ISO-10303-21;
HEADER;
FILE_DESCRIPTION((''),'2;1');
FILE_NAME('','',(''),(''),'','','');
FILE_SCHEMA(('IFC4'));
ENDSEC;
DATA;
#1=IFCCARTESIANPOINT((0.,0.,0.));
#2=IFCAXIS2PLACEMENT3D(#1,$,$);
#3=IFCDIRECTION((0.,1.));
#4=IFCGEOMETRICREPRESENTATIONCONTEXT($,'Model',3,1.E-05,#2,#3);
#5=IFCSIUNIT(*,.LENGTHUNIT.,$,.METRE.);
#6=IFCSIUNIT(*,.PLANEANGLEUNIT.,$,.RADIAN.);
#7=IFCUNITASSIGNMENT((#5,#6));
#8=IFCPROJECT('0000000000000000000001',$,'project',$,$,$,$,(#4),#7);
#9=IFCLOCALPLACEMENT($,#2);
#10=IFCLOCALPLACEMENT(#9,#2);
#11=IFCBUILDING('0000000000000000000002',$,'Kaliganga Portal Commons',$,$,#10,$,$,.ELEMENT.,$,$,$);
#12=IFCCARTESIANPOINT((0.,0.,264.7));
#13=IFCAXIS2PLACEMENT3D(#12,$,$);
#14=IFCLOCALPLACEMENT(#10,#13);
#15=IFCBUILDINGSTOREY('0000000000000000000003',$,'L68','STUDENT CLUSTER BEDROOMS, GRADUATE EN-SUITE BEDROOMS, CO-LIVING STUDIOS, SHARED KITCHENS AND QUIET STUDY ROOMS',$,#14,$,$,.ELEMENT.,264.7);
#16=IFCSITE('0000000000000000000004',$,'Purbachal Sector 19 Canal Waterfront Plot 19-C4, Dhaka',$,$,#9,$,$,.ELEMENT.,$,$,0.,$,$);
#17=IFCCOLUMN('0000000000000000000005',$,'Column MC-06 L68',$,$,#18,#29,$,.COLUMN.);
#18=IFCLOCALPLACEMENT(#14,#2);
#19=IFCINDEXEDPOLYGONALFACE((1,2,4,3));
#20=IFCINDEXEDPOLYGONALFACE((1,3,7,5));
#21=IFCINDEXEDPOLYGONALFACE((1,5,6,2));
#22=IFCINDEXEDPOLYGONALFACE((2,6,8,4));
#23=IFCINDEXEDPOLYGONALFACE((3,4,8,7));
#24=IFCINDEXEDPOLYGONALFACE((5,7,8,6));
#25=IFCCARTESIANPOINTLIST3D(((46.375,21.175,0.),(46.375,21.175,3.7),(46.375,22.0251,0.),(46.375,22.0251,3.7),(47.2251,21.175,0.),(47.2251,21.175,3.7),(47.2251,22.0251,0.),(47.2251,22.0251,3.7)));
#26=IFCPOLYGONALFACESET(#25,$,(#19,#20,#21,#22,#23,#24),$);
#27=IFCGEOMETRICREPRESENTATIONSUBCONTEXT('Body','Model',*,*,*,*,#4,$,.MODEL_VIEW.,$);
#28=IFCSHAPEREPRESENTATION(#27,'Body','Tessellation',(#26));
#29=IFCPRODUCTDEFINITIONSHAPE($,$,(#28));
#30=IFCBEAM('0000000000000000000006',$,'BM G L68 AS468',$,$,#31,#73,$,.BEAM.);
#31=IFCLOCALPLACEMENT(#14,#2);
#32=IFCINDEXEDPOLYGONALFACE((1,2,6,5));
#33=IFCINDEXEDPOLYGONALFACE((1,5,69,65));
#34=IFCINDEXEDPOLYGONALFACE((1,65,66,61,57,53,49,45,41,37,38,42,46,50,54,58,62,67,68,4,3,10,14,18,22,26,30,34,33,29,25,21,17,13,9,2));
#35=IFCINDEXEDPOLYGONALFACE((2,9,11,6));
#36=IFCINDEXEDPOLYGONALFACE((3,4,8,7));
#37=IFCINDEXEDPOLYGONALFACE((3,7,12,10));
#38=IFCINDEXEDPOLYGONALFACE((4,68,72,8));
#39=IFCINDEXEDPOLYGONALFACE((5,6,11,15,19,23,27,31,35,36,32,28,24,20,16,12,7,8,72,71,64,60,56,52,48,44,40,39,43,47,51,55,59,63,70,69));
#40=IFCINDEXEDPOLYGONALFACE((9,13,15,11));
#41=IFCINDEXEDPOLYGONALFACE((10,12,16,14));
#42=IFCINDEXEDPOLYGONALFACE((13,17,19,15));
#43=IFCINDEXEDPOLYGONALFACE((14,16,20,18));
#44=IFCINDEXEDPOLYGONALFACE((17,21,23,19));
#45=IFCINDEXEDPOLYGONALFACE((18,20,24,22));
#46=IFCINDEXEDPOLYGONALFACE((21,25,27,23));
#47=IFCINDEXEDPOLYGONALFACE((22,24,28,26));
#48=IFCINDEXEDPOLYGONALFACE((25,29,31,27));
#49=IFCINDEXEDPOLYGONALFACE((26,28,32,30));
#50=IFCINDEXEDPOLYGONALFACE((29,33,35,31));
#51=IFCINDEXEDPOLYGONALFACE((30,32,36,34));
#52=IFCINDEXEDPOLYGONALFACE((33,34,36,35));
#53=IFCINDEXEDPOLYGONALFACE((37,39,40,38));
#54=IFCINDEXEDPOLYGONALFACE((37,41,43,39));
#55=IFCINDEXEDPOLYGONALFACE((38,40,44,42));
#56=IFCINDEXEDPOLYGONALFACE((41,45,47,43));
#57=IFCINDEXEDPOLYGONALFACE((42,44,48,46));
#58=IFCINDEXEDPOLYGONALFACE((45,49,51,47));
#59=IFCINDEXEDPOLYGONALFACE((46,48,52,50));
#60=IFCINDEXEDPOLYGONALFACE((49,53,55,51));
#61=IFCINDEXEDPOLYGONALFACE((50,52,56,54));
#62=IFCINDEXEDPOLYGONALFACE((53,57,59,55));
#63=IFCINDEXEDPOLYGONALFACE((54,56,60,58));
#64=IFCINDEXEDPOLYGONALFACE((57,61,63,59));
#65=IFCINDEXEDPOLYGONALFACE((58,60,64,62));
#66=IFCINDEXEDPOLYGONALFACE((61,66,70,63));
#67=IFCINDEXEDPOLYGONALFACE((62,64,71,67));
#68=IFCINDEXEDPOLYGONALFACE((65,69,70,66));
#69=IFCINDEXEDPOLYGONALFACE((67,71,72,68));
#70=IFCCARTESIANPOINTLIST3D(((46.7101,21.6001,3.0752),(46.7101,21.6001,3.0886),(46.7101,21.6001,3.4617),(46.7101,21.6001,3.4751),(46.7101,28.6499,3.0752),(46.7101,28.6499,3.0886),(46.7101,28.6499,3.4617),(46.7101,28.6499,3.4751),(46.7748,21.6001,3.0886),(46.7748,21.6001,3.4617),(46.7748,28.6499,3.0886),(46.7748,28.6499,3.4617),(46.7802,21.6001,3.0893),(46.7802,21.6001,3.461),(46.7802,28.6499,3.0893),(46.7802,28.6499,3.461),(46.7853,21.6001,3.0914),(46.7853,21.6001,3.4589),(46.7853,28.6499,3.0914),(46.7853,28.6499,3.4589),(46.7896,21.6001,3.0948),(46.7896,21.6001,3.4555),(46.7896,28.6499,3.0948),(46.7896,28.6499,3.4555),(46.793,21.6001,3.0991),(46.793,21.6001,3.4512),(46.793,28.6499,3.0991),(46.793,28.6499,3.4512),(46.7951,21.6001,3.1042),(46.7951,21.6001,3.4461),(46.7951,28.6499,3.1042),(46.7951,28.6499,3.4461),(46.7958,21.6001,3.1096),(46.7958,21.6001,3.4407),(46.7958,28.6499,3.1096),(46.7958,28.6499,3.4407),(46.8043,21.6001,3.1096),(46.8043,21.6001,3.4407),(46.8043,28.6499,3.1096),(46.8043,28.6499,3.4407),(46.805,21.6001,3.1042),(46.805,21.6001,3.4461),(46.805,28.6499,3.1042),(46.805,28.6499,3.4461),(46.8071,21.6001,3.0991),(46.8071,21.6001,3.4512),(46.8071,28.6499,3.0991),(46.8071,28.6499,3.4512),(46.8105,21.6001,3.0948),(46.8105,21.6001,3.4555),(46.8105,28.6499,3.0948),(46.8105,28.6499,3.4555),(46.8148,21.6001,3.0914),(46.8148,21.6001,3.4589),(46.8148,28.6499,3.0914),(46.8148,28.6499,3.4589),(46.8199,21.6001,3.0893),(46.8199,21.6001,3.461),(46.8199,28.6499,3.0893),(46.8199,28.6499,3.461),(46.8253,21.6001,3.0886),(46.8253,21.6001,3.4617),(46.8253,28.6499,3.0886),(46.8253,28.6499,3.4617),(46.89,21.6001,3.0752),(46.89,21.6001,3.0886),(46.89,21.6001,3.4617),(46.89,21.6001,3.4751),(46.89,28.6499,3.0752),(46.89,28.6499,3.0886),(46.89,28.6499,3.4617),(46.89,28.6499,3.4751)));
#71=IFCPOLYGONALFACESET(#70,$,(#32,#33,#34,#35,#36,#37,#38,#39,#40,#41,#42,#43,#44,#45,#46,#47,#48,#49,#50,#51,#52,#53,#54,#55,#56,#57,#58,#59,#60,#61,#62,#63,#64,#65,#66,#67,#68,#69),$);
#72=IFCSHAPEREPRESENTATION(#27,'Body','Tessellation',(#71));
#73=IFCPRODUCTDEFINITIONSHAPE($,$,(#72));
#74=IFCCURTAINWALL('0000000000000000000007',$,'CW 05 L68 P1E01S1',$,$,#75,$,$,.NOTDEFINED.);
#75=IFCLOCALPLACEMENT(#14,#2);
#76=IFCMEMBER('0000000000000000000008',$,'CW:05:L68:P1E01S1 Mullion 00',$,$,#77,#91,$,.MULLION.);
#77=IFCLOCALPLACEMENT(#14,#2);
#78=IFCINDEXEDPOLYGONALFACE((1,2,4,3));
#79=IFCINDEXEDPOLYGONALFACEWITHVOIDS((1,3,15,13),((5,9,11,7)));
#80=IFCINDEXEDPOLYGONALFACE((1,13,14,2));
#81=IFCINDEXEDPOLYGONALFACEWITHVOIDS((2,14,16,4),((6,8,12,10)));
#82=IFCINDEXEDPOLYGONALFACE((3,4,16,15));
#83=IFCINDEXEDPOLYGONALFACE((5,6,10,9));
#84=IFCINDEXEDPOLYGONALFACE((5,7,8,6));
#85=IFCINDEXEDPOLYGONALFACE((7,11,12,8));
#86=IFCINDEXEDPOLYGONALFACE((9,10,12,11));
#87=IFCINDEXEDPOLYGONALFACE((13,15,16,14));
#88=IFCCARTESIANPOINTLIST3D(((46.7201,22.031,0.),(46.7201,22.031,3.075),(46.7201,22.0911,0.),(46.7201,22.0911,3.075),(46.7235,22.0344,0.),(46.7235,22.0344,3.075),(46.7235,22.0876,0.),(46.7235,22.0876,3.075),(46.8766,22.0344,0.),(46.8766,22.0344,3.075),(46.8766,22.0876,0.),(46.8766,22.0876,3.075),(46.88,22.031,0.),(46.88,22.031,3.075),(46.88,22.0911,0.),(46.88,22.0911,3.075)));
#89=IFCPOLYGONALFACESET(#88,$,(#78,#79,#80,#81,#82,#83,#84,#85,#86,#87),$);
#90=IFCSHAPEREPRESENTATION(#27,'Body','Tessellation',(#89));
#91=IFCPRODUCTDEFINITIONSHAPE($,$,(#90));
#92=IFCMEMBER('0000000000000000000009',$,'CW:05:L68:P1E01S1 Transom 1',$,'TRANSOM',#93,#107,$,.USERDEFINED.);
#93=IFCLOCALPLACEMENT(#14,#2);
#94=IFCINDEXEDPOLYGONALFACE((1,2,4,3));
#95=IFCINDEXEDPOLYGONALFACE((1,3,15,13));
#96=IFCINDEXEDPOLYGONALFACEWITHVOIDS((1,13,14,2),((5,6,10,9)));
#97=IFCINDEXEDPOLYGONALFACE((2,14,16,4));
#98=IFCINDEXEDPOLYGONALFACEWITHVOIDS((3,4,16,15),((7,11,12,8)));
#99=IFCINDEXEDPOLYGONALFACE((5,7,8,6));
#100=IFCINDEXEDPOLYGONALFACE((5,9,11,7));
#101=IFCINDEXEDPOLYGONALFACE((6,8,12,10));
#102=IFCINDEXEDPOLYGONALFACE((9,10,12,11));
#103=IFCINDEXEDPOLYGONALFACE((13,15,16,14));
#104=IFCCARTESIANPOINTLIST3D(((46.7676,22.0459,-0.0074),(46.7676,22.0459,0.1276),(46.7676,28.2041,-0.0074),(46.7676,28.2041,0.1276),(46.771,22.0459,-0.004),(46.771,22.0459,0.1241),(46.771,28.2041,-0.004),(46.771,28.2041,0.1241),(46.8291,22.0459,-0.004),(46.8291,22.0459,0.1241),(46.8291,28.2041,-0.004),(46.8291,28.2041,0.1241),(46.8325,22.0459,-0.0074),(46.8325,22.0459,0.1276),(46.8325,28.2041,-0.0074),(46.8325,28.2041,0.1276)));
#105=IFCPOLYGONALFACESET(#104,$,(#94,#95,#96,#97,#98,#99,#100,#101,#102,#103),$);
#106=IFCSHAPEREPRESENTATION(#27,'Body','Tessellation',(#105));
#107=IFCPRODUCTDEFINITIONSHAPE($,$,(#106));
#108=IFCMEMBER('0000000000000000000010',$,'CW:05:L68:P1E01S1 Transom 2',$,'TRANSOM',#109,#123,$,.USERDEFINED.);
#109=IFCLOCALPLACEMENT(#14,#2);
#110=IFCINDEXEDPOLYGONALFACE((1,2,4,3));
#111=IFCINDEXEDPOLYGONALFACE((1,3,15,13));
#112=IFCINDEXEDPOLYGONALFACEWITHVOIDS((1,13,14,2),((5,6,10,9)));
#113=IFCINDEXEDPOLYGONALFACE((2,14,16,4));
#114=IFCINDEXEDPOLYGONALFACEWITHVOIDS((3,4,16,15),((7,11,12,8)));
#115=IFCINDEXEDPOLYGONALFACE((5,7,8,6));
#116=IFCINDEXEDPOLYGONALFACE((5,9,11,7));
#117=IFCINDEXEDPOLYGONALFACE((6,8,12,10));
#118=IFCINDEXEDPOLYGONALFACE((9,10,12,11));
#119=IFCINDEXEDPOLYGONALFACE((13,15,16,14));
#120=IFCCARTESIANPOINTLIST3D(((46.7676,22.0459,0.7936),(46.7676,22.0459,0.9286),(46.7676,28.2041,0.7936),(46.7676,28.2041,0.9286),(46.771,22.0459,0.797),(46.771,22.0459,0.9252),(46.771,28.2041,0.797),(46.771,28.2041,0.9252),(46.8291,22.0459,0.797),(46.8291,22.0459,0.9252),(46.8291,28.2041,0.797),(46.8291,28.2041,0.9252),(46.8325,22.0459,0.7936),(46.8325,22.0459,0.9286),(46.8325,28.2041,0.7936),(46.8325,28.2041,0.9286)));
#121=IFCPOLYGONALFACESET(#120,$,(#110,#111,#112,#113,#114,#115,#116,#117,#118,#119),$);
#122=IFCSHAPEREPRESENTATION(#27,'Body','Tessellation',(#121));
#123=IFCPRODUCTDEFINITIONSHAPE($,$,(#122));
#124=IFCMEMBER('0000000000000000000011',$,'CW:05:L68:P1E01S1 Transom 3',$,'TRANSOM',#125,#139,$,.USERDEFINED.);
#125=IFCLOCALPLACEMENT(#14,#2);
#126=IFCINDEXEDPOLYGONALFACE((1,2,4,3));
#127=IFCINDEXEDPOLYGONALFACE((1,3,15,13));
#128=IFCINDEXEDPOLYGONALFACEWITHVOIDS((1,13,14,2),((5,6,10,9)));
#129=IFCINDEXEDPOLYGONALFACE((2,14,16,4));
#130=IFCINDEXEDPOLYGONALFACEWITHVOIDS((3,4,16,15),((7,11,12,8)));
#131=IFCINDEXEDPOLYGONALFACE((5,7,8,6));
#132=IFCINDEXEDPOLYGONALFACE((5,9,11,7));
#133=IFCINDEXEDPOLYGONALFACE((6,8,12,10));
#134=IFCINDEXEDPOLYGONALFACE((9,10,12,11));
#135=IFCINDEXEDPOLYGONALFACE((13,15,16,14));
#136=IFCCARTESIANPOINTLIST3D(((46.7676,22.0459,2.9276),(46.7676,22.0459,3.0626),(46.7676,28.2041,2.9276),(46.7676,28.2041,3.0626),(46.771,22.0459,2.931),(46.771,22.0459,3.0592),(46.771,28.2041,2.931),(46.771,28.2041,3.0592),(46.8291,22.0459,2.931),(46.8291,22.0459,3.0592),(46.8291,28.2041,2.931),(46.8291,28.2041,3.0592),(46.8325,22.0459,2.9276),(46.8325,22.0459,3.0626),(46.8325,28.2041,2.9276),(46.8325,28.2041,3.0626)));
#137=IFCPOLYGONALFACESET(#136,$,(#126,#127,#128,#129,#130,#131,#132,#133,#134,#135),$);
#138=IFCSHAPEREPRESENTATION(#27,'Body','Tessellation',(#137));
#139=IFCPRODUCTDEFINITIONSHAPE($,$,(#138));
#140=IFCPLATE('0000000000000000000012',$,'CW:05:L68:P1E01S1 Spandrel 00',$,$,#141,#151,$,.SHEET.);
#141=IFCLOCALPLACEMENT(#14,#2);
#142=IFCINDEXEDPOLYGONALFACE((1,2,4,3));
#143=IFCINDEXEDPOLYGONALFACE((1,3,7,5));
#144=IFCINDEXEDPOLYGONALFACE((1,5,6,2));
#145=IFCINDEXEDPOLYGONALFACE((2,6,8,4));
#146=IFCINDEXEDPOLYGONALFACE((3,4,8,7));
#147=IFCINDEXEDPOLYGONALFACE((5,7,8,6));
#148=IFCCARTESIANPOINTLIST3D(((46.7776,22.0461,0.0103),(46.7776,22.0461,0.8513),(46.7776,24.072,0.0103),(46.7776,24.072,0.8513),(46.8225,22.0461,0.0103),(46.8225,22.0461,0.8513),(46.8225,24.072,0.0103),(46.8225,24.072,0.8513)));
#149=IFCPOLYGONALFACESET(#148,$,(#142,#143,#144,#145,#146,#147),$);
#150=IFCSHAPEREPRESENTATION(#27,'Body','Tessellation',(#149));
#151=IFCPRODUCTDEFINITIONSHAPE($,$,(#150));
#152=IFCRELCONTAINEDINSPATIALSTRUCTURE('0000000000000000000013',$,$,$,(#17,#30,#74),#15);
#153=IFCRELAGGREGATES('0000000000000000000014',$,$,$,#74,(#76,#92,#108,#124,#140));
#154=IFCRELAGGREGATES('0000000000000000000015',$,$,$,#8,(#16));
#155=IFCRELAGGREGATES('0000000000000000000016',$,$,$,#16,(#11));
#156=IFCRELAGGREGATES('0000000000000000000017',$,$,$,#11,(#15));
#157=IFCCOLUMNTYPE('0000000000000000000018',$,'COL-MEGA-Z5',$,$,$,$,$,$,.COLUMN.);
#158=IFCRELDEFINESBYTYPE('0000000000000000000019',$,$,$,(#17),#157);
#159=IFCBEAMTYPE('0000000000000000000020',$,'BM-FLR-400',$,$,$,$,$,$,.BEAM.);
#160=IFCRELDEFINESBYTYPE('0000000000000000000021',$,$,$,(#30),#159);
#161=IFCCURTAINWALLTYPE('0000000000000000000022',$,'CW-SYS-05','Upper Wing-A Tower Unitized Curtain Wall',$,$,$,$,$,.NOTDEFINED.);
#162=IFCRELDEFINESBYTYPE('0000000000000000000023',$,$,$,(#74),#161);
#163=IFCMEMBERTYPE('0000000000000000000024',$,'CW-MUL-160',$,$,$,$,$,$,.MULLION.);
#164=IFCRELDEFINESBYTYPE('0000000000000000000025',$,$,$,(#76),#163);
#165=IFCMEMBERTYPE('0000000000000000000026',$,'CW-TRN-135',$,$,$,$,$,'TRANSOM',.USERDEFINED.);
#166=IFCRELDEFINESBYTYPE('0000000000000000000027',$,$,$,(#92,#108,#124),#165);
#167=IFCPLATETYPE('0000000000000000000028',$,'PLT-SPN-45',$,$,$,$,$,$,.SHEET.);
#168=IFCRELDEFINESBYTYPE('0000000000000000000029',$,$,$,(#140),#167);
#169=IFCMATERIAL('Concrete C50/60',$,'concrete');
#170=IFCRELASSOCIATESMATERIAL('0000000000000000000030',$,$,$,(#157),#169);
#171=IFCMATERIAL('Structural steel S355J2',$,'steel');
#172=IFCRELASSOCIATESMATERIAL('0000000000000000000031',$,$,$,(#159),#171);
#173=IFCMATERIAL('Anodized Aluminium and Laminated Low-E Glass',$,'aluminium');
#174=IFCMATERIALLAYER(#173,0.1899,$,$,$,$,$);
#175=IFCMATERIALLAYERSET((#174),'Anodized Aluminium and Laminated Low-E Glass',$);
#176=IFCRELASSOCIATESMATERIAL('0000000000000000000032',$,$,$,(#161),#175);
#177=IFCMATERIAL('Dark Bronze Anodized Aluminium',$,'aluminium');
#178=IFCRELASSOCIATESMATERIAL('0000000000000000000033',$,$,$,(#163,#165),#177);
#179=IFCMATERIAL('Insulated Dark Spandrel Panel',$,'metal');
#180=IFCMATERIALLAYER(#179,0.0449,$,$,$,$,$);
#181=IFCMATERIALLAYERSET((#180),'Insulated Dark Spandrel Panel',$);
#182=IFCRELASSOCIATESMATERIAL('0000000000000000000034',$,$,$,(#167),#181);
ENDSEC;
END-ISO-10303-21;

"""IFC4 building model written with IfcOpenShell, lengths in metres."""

from ifc_helpers import new_model, si_unit, direction, frame, origin, origin_2d, place, context, subcontext, project, spatial, rectangle, hollow_rectangle, i_section, extrude, source, transform, mapped, material, layer, layer_set, material_profile, profile_set, type_object, element, aggregate, save


model = new_model("IFC4")

# Units and contexts
model_context = context("Model", 3, precision=1e-05, world=origin(), true_north=direction((0.0, 1.0)))
body_context = subcontext(model_context, "Body", "Model", "MODEL_VIEW")
ifc_project = project(units=[si_unit("LENGTHUNIT", "METRE"), si_unit("PLANEANGLEUNIT", "RADIAN")], contexts=[model_context])

# Site, building, storey
site_placement = place(None, origin())
site = spatial("IfcSite", under=ifc_project, at=site_placement, Name="Purbachal Sector 19 Canal Waterfront Plot 19-C4, Dhaka", CompositionType="ELEMENT", RefElevation=0.0)
building_placement = place(site_placement, origin())
building = spatial("IfcBuilding", under=site, at=building_placement, Name="Kaliganga Portal Commons", CompositionType="ELEMENT")
storey_placement = place(building_placement, frame((0.0, 0.0, 264.7)))
storey = spatial("IfcBuildingStorey", under=building, at=storey_placement, Name="L68", Description="STUDENT CLUSTER BEDROOMS, GRADUATE EN-SUITE BEDROOMS, CO-LIVING STUDIOS, SHARED KITCHENS AND QUIET STUDY ROOMS", CompositionType="ELEMENT", Elevation=264.7)

# Column
ifc_material_1 = material(Name="Concrete C50/60", Category="concrete")
ifc_material_profile_1 = material_profile(ifc_material_1, rectangle(XDim=0.8501, YDim=0.8501, at=origin_2d()), Name="RC 850x850")
ifc_profile_set_1 = profile_set([ifc_material_profile_1], Name="Concrete C50/60")
column_type = type_object("IfcColumnType", Name="COL-MEGA-Z5", PredefinedType="COLUMN", material=ifc_profile_set_1)
shared_shape_1 = source(origin(), body_context, "Body", "SweptSolid", [
    extrude(rectangle(XDim=0.8501, YDim=0.8501, at=origin_2d()), origin(), (0.0, 0.0, 1.0), 3.7),
])
column_placement = place(storey_placement, frame((46.8, 21.6001, 0.0), z_axis=(0.0, 0.0, 1.0), x_axis=(1.0, 0.0, 0.0)))
element("IfcColumn", 1, at=column_placement, inside=storey, type_object=column_type, Name="Column MC-06 L68", PredefinedType="COLUMN", context=body_context, shape_type="MappedRepresentation", body=[
    mapped(shared_shape_1, transform((0.0, 0.0, 0.0), x_axis=(1.0, 0.0, 0.0), y_axis=(0.0, 1.0, 0.0), z_axis=(0.0, 0.0, 1.0), scale=1.0)),
])

# Beam
ifc_material_2 = material(Name="Structural steel S355J2", Category="steel")
ifc_material_profile_2 = material_profile(ifc_material_2, i_section(OverallWidth=0.1799, OverallDepth=0.3999, WebThickness=0.0085, FlangeThickness=0.0134, FilletRadius=0.021, at=origin_2d()), Name="IPE 400")
ifc_profile_set_2 = profile_set([ifc_material_profile_2], Name="Structural steel S355J2 wide-flange")
beam_type = type_object("IfcBeamType", Name="BM-FLR-400", PredefinedType="BEAM", material=ifc_profile_set_2)
shared_shape_2 = source(origin(), body_context, "Body", "SweptSolid", [
    extrude(i_section(OverallWidth=0.1799, OverallDepth=0.3999, WebThickness=0.0085, FlangeThickness=0.0134, FilletRadius=0.021, at=origin_2d()), origin(), (0.0, 0.0, 1.0), 7.0498),
])
beam_placement = place(storey_placement, frame((46.8, 21.6001, 3.2751), z_axis=(0.0, 1.0, 0.0), x_axis=(-1.0, 0.0, 0.0)))
element("IfcBeam", 2, at=beam_placement, inside=storey, type_object=beam_type, Name="BM G L68 AS468", PredefinedType="BEAM", context=body_context, shape_type="MappedRepresentation", body=[
    mapped(shared_shape_2, transform((0.0, 0.0, 0.0), x_axis=(1.0, 0.0, 0.0), y_axis=(0.0, 1.0, 0.0), z_axis=(0.0, 0.0, 1.0), scale=1.0)),
])

# Curtain wall, members, plate
ifc_material_3 = material(Name="Anodized Aluminium and Laminated Low-E Glass", Category="aluminium")
ifc_layer_1 = layer(ifc_material_3, 0.1899)
ifc_layer_set_1 = layer_set([ifc_layer_1], Name="Anodized Aluminium and Laminated Low-E Glass")
curtain_wall_type = type_object("IfcCurtainWallType", Name="CW-SYS-05", Description="Upper Wing-A Tower Unitized Curtain Wall", PredefinedType="NOTDEFINED", material=ifc_layer_set_1)
curtain_wall_placement = place(storey_placement, origin())
curtain_wall = element("IfcCurtainWall", 3, at=curtain_wall_placement, inside=storey, type_object=curtain_wall_type, Name="CW 05 L68 P1E01S1", PredefinedType="NOTDEFINED")
ifc_material_4 = material(Name="Dark Bronze Anodized Aluminium", Category="aluminium")
ifc_material_profile_3 = material_profile(ifc_material_4, hollow_rectangle(XDim=0.0601, YDim=0.1599, WallThickness=0.0034, at=origin_2d()), Name="ALU MULL 60x160x3.5")
ifc_profile_set_3 = profile_set([ifc_material_profile_3], Name="Dark Bronze Anodized Aluminium")
member_type_1 = type_object("IfcMemberType", Name="CW-MUL-160", PredefinedType="MULLION", material=ifc_profile_set_3)
shared_shape_3 = source(origin(), body_context, "Body", "SweptSolid", [
    extrude(hollow_rectangle(XDim=0.0601, YDim=0.1599, WallThickness=0.0034, at=origin_2d()), origin(), (0.0, 0.0, 1.0), 3.075),
])
member_1_placement = place(storey_placement, frame((46.8, 22.061, 0.0), z_axis=(0.0, 0.0, 1.0), x_axis=(0.0, 1.0, 0.0)))
member_1 = element("IfcMember", 4, at=member_1_placement, type_object=member_type_1, Name="CW:05:L68:P1E01S1 Mullion 00", PredefinedType="MULLION", context=body_context, shape_type="MappedRepresentation", body=[
    mapped(shared_shape_3, transform((0.0, 0.0, 0.0), x_axis=(1.0, 0.0, 0.0), y_axis=(0.0, 1.0, 0.0), z_axis=(0.0, 0.0, 1.0), scale=1.0)),
])
ifc_material_profile_4 = material_profile(ifc_material_4, hollow_rectangle(XDim=0.0649, YDim=0.135, WallThickness=0.0034, at=origin_2d()), Name="ALU TRAN 65x135x3.5")
ifc_profile_set_4 = profile_set([ifc_material_profile_4], Name="Dark Bronze Anodized Aluminium")
member_type_2 = type_object("IfcMemberType", Name="CW-TRN-135", ElementType="TRANSOM", PredefinedType="USERDEFINED", material=ifc_profile_set_4)
shared_shape_4 = source(origin(), body_context, "Body", "SweptSolid", [
    extrude(hollow_rectangle(XDim=0.0649, YDim=0.135, WallThickness=0.0034, at=origin_2d()), origin(), (0.0, 0.0, 1.0), 6.1582),
])
member_2_placement = place(storey_placement, frame((46.8, 22.0459, 0.0601), z_axis=(0.0, 1.0, 0.0), x_axis=(-1.0, 0.0, 0.0)))
member_2 = element("IfcMember", 5, at=member_2_placement, type_object=member_type_2, Name="CW:05:L68:P1E01S1 Transom 1", ObjectType="TRANSOM", PredefinedType="USERDEFINED", context=body_context, shape_type="MappedRepresentation", body=[
    mapped(shared_shape_4, transform((0.0, 0.0, 0.0), x_axis=(1.0, 0.0, 0.0), y_axis=(0.0, 1.0, 0.0), z_axis=(0.0, 0.0, 1.0), scale=1.0)),
])
member_3_placement = place(storey_placement, frame((46.8, 22.0459, 0.8611), z_axis=(0.0, 1.0, 0.0), x_axis=(-1.0, 0.0, 0.0)))
member_3 = element("IfcMember", 6, at=member_3_placement, type_object=member_type_2, Name="CW:05:L68:P1E01S1 Transom 2", ObjectType="TRANSOM", PredefinedType="USERDEFINED", context=body_context, shape_type="MappedRepresentation", body=[
    mapped(shared_shape_4, transform((0.0, 0.0, 0.0), x_axis=(1.0, 0.0, 0.0), y_axis=(0.0, 1.0, 0.0), z_axis=(0.0, 0.0, 1.0), scale=1.0)),
])
member_4_placement = place(storey_placement, frame((46.8, 22.0459, 2.9951), z_axis=(0.0, 1.0, 0.0), x_axis=(-1.0, 0.0, 0.0)))
member_4 = element("IfcMember", 7, at=member_4_placement, type_object=member_type_2, Name="CW:05:L68:P1E01S1 Transom 3", ObjectType="TRANSOM", PredefinedType="USERDEFINED", context=body_context, shape_type="MappedRepresentation", body=[
    mapped(shared_shape_4, transform((0.0, 0.0, 0.0), x_axis=(1.0, 0.0, 0.0), y_axis=(0.0, 1.0, 0.0), z_axis=(0.0, 0.0, 1.0), scale=1.0)),
])
ifc_material_5 = material(Name="Insulated Dark Spandrel Panel", Category="metal")
ifc_layer_2 = layer(ifc_material_5, 0.0449)
ifc_layer_set_2 = layer_set([ifc_layer_2], Name="Insulated Dark Spandrel Panel")
plate_type = type_object("IfcPlateType", Name="PLT-SPN-45", PredefinedType="SHEET", material=ifc_layer_set_2)
shared_shape_5 = source(origin(), body_context, "Body", "SweptSolid", [
    extrude(rectangle(XDim=2.0259, YDim=0.0449, at=origin_2d()), origin(), (0.0, 0.0, 1.0), 0.8411),
])
plate_placement = place(storey_placement, frame((46.8, 23.0591, 0.0103), z_axis=(0.0, 0.0, 1.0), x_axis=(0.0, 1.0, 0.0)))
plate = element("IfcPlate", 8, at=plate_placement, type_object=plate_type, Name="CW:05:L68:P1E01S1 Spandrel 00", PredefinedType="SHEET", context=body_context, shape_type="MappedRepresentation", body=[
    mapped(shared_shape_5, transform((0.0, 0.0, 0.0), x_axis=(1.0, 0.0, 0.0), y_axis=(0.0, 1.0, 0.0), z_axis=(0.0, 0.0, 1.0), scale=1.0)),
])
aggregate(curtain_wall, [member_1, member_2, member_3, member_4, plate])

save(model, "model.ifc")
